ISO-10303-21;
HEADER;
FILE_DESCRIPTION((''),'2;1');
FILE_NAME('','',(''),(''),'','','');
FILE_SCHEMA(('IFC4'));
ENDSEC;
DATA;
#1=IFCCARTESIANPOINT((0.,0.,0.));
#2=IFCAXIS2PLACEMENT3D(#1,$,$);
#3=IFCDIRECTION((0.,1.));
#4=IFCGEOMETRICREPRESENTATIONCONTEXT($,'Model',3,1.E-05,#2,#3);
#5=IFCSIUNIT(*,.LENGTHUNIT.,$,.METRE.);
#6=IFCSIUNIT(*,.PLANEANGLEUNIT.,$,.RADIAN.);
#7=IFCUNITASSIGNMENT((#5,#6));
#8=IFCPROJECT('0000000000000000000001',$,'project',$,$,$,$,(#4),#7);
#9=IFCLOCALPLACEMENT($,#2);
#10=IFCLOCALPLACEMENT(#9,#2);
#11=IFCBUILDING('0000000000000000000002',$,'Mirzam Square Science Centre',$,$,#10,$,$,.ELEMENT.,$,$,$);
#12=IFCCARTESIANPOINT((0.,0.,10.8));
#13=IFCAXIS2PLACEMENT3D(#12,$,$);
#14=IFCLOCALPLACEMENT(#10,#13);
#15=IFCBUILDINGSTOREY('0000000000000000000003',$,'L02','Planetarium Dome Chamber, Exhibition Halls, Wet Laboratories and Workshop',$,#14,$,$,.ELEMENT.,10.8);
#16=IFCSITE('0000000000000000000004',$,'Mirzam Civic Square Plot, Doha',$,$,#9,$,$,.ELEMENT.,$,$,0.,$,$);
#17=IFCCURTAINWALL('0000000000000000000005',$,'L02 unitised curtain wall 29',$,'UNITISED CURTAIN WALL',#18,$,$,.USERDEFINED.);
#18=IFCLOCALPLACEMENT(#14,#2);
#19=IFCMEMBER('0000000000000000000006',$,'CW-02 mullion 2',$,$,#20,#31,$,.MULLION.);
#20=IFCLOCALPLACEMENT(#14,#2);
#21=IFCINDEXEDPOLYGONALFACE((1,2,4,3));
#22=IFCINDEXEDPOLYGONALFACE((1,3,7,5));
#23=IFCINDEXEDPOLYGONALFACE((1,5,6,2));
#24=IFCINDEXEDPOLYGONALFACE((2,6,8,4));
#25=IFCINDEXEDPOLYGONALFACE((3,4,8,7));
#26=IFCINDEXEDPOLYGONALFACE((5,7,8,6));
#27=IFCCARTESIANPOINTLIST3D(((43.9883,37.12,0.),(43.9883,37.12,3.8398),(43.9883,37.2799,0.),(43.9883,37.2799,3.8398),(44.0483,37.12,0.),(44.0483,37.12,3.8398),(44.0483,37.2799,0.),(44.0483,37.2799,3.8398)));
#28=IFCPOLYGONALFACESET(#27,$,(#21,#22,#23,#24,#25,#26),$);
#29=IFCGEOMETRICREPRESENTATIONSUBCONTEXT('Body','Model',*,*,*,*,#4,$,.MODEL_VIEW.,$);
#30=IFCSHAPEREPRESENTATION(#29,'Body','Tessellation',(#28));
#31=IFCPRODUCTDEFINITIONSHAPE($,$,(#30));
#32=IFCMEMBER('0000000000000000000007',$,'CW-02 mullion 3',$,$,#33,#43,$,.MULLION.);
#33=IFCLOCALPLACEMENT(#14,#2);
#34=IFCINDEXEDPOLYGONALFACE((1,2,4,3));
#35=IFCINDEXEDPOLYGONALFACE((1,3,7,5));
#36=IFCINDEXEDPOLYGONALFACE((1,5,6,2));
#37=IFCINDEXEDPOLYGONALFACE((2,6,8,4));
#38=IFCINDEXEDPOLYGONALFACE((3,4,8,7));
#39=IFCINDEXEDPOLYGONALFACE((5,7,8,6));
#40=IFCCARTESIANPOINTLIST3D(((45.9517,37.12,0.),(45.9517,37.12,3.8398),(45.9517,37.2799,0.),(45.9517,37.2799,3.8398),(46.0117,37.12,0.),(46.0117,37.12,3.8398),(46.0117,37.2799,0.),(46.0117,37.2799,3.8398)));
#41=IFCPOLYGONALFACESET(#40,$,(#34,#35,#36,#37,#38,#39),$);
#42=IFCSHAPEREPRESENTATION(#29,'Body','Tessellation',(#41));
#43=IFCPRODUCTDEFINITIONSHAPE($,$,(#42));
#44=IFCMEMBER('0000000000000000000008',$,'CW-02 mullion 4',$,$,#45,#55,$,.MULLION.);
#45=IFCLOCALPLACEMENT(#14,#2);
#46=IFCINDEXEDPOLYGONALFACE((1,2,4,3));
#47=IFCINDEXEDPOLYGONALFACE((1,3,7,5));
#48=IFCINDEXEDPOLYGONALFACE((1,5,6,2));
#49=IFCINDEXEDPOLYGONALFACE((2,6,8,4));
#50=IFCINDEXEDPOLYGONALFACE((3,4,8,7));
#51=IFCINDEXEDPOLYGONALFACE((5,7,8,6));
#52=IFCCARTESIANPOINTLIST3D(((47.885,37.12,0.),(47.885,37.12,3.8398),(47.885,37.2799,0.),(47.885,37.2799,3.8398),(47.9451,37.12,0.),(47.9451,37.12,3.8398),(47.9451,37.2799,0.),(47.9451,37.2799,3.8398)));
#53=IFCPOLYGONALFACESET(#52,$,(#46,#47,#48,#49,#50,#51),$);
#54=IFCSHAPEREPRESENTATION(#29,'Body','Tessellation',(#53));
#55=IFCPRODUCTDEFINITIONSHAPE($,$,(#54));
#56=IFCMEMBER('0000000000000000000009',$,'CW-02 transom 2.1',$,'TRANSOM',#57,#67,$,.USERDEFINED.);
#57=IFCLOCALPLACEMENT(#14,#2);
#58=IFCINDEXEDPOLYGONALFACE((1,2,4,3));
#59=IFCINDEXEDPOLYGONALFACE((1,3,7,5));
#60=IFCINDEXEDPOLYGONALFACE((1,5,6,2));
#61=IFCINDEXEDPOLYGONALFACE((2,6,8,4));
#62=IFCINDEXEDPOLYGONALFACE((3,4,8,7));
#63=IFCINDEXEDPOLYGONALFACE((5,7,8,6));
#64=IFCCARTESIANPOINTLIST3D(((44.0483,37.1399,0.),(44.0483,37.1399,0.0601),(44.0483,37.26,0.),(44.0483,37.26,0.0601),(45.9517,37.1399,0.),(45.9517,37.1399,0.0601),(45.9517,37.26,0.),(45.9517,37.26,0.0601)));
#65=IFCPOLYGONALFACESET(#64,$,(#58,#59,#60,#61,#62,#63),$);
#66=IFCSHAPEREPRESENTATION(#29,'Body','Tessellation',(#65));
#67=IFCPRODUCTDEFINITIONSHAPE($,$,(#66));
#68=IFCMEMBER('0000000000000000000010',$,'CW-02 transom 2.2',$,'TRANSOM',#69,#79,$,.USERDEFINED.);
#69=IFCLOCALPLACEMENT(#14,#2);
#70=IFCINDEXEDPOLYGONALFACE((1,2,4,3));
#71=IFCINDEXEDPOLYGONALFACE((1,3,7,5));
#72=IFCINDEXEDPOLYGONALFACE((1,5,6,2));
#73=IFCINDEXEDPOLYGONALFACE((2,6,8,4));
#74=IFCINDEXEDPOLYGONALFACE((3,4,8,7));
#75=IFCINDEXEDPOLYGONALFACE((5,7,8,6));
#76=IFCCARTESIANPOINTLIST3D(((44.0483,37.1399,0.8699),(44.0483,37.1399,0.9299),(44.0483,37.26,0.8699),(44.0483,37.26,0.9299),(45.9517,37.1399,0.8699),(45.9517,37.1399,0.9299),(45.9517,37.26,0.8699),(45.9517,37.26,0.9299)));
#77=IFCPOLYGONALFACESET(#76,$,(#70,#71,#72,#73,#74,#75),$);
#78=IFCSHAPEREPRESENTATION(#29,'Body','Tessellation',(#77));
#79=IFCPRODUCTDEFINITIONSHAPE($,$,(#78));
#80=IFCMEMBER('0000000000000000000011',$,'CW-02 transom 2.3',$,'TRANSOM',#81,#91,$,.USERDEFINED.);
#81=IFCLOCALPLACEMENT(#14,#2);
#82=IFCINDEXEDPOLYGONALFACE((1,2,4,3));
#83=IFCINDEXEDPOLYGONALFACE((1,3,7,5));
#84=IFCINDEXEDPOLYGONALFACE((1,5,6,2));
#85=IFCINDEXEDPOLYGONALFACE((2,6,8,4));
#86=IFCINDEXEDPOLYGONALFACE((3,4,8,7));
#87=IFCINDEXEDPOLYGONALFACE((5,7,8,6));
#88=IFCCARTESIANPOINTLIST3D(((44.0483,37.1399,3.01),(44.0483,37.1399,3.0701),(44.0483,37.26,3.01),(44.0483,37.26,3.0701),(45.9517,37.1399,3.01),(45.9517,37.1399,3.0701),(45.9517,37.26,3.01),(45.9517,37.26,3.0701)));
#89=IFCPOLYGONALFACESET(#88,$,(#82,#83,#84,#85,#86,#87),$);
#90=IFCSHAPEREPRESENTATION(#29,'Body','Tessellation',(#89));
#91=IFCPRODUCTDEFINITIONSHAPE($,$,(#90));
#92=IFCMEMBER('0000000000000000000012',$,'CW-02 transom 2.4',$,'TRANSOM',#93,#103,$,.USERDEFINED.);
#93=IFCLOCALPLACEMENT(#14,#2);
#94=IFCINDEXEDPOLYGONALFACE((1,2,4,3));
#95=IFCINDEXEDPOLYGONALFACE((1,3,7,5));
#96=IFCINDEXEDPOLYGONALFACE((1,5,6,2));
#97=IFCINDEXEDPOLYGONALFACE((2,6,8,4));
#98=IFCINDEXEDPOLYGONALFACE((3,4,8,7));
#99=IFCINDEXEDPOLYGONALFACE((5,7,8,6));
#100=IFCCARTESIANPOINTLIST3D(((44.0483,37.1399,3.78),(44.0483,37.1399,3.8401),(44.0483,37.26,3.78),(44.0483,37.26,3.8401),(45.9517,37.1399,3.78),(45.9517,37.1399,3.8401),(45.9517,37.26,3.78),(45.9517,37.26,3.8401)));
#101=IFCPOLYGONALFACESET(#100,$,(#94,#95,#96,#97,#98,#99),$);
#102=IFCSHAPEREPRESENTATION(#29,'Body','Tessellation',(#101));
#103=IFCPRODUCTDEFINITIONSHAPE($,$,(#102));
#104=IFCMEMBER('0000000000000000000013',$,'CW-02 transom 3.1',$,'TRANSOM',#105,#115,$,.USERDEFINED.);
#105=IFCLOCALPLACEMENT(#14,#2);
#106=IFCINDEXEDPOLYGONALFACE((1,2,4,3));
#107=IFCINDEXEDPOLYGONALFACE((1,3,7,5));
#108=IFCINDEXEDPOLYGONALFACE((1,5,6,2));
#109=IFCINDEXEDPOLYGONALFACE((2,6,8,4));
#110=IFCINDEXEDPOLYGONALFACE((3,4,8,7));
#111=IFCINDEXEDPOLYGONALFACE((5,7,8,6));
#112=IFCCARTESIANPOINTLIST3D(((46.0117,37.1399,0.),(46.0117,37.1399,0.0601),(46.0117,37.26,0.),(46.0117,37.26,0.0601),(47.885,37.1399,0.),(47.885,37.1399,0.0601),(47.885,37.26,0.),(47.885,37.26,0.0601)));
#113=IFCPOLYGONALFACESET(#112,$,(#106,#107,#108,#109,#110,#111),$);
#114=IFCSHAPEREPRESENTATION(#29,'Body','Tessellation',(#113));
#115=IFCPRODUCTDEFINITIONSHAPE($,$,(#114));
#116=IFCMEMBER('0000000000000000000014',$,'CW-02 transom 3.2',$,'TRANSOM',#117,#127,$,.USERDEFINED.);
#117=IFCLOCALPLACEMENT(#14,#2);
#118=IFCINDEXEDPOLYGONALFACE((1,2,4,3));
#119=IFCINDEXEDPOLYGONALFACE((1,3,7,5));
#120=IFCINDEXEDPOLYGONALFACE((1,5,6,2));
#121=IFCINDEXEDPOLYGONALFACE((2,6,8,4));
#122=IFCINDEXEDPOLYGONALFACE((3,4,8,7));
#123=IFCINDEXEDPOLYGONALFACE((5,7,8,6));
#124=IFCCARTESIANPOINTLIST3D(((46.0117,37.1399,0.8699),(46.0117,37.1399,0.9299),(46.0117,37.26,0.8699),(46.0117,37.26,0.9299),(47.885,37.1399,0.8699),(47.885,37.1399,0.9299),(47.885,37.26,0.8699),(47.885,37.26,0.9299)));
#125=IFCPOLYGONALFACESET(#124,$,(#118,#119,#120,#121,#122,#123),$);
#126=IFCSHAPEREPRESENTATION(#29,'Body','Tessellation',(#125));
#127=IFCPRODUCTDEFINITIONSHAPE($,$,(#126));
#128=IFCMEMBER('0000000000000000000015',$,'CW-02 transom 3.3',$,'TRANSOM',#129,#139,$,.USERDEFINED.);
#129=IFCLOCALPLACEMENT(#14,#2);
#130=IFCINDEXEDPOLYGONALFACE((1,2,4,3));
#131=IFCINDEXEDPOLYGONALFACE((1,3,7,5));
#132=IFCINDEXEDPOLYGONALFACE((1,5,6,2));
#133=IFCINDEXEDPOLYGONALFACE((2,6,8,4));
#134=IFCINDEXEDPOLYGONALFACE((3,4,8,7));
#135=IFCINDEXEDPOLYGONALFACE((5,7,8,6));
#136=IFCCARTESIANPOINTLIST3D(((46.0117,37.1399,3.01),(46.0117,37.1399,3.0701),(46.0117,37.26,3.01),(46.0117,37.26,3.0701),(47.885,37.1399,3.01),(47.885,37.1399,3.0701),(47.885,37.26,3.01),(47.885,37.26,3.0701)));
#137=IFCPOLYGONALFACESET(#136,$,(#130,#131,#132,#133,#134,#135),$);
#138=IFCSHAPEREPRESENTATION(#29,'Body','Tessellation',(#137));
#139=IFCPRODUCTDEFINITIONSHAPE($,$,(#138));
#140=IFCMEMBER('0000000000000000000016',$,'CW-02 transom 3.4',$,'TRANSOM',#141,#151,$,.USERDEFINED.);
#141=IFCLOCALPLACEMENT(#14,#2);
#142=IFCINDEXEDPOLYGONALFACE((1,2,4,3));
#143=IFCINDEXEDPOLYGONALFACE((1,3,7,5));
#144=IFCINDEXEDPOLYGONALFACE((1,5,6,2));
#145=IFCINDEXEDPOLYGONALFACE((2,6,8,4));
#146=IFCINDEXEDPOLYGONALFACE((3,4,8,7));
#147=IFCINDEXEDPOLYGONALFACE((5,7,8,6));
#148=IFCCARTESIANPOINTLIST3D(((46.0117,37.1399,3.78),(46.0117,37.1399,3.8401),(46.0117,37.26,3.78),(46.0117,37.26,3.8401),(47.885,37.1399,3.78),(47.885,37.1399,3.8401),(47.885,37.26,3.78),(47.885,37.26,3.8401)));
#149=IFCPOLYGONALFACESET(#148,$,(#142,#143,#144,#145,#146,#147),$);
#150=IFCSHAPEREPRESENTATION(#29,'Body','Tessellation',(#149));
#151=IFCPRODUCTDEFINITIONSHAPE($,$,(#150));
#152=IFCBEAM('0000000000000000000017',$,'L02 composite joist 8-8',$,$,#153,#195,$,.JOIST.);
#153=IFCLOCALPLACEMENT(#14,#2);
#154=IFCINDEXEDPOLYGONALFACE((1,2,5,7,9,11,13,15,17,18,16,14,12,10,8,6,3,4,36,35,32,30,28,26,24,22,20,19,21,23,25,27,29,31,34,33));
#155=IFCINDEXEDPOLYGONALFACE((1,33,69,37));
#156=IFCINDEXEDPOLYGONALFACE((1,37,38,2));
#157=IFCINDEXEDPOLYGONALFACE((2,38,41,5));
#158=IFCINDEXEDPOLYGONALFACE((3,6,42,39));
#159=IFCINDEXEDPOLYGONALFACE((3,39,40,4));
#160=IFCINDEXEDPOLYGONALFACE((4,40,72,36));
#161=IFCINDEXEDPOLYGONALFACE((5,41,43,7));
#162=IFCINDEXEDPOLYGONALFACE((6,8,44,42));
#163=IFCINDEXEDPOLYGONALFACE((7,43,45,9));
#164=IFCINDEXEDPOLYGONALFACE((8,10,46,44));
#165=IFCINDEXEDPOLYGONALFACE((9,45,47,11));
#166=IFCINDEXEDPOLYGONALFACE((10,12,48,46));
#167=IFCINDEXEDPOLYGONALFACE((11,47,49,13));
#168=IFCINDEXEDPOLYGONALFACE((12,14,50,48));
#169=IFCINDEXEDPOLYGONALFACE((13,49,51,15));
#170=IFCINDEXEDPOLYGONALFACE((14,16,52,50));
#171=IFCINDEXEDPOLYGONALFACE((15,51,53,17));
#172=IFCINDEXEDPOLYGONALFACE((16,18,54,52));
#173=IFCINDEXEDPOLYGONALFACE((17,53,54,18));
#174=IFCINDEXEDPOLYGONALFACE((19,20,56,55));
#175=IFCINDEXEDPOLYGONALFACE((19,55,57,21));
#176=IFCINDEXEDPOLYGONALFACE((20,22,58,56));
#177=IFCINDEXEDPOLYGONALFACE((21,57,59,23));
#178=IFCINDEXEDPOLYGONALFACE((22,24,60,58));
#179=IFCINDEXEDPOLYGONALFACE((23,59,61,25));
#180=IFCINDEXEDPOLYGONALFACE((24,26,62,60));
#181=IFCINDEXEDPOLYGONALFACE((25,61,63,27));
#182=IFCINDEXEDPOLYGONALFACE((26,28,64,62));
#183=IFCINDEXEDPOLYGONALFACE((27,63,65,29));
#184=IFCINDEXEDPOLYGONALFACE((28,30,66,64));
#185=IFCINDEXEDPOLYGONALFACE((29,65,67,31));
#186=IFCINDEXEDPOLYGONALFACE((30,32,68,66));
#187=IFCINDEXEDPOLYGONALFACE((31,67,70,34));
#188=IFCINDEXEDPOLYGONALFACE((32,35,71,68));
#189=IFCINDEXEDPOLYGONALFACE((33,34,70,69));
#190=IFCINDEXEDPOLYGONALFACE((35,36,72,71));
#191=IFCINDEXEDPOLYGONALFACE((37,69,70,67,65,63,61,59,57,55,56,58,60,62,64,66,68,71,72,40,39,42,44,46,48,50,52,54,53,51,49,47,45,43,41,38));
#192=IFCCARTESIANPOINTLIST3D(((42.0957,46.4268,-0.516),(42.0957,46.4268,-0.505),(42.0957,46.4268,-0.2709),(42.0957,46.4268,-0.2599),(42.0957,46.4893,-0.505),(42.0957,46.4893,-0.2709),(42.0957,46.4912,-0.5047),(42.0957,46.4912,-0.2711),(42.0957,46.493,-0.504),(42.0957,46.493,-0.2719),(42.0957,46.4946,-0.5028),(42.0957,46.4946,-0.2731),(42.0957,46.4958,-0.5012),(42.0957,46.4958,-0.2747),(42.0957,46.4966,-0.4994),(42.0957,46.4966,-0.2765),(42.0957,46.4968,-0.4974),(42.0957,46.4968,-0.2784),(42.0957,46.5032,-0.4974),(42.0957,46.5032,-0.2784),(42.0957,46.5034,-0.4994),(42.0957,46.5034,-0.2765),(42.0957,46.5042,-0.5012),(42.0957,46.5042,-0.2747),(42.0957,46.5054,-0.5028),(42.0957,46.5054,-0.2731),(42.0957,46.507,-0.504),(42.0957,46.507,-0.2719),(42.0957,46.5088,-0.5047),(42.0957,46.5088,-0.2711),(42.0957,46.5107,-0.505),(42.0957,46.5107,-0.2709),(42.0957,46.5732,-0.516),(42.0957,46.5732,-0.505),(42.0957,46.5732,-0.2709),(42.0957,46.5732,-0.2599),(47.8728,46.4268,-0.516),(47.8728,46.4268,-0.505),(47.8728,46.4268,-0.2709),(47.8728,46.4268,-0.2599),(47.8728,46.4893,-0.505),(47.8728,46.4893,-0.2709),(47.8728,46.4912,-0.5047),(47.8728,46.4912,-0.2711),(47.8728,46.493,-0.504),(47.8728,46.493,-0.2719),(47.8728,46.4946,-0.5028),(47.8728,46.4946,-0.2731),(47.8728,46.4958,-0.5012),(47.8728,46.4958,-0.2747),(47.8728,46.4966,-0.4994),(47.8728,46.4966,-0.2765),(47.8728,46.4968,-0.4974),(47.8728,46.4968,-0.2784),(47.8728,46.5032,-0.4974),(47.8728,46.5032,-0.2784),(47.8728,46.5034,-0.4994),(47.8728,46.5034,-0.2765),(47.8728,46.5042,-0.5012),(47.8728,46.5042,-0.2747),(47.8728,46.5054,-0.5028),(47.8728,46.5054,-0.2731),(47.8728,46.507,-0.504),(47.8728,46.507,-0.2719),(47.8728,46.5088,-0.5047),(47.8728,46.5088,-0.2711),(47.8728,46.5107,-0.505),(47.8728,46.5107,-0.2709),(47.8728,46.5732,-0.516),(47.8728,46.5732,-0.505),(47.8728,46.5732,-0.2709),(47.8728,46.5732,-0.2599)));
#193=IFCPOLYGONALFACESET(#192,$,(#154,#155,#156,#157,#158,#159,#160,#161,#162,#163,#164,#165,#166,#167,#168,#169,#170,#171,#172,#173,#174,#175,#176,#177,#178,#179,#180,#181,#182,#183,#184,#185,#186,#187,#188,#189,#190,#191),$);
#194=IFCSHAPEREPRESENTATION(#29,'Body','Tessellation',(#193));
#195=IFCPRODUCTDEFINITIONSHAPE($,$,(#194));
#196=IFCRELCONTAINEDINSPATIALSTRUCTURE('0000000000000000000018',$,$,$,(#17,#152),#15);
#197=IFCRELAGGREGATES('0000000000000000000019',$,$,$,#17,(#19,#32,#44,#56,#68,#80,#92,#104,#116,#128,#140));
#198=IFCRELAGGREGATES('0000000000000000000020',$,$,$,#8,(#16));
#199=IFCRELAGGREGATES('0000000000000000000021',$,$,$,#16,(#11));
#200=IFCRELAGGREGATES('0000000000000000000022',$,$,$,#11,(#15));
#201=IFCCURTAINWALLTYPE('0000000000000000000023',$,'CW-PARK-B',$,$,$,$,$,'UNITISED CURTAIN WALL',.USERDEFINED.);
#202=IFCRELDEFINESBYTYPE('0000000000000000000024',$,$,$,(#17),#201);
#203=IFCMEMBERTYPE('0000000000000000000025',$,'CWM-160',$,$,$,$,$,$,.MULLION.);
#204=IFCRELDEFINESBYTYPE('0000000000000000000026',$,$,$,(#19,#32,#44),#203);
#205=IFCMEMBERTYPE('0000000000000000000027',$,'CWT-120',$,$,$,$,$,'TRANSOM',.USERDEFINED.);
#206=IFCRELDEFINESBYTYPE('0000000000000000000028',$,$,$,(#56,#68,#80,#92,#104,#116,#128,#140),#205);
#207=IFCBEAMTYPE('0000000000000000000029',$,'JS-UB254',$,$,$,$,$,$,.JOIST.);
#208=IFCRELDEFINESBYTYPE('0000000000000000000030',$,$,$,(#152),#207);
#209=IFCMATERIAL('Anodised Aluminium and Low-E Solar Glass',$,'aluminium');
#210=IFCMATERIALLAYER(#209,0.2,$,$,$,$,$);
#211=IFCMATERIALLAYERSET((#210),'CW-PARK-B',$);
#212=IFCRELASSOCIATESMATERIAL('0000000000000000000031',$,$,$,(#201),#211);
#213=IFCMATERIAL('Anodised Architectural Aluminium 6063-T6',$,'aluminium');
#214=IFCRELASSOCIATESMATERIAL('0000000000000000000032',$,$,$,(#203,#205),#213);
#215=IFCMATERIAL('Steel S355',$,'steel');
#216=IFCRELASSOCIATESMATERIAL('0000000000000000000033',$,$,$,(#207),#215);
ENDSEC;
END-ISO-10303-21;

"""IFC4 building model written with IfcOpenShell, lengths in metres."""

from ifc_helpers import new_model, si_unit, direction, frame, origin, origin_2d, place, context, subcontext, project, spatial, rectangle, i_section, extrude, material, layer, layer_set, material_profile, profile_set, type_object, element, aggregate, save


model = new_model("IFC4")

# Units and contexts
model_context = context("Model", 3, precision=1e-05, world=origin(), true_north=direction((0.0, 1.0)))
body_context = subcontext(model_context, "Body", "Model", "MODEL_VIEW")
ifc_project = project(units=[si_unit("LENGTHUNIT", "METRE"), si_unit("PLANEANGLEUNIT", "RADIAN")], contexts=[model_context])

# Site, building, storey
site_placement = place(None, origin())
site = spatial("IfcSite", under=ifc_project, at=site_placement, Name="Mirzam Civic Square Plot, Doha", CompositionType="ELEMENT", RefElevation=0.0)
building_placement = place(site_placement, origin())
building = spatial("IfcBuilding", under=site, at=building_placement, Name="Mirzam Square Science Centre", CompositionType="ELEMENT")
storey_placement = place(building_placement, frame((0.0, 0.0, 10.8)))
storey = spatial("IfcBuildingStorey", under=building, at=storey_placement, Name="L02", Description="Planetarium Dome Chamber, Exhibition Halls, Wet Laboratories and Workshop", CompositionType="ELEMENT", Elevation=10.8)

# Shared definitions
ifc_material_1 = material(Name="Steel S355", Category="steel")

# Curtain wall, members
ifc_material_2 = material(Name="Anodised Aluminium and Low-E Solar Glass", Category="aluminium")
ifc_layer_1 = layer(ifc_material_2, 0.2)
ifc_layer_set_1 = layer_set([ifc_layer_1], Name="CW-PARK-B")
curtain_wall_type = type_object("IfcCurtainWallType", Name="CW-PARK-B", ElementType="UNITISED CURTAIN WALL", PredefinedType="USERDEFINED", material=ifc_layer_set_1)
curtain_wall_placement = place(storey_placement, origin())
curtain_wall = element("IfcCurtainWall", 1, at=curtain_wall_placement, inside=storey, type_object=curtain_wall_type, Name="L02 unitised curtain wall 29", ObjectType="UNITISED CURTAIN WALL", PredefinedType="USERDEFINED")
ifc_material_3 = material(Name="Anodised Architectural Aluminium 6063-T6", Category="aluminium")
ifc_material_profile_1 = material_profile(ifc_material_3, rectangle(XDim=0.0601, YDim=0.1599, at=origin_2d()), Name="ALU-MULL-160x60x4")
ifc_profile_set_1 = profile_set([ifc_material_profile_1], Name="Anodised Architectural Aluminium 6063-T6")
member_type_1 = type_object("IfcMemberType", Name="CWM-160", PredefinedType="MULLION", material=ifc_profile_set_1)
member_1_placement = place(storey_placement, frame((44.0183, 37.2, 0.0), z_axis=(0.0, 0.0, 1.0), x_axis=(1.0, 0.0, 0.0)))
member_1 = element("IfcMember", 2, at=member_1_placement, type_object=member_type_1, Name="CW-02 mullion 2", PredefinedType="MULLION", context=body_context, shape_type="SweptSolid", body=[
    extrude(rectangle(XDim=0.0601, YDim=0.1599, at=origin_2d()), origin(), (0.0, 0.0, 1.0), 3.8398),
])
member_2_placement = place(storey_placement, frame((45.9817, 37.2, 0.0), z_axis=(0.0, 0.0, 1.0), x_axis=(1.0, 0.0, 0.0)))
member_2 = element("IfcMember", 3, at=member_2_placement, type_object=member_type_1, Name="CW-02 mullion 3", PredefinedType="MULLION", context=body_context, shape_type="SweptSolid", body=[
    extrude(rectangle(XDim=0.0601, YDim=0.1599, at=origin_2d()), origin(), (0.0, 0.0, 1.0), 3.8398),
])
member_3_placement = place(storey_placement, frame((47.915, 37.2, 0.0), z_axis=(0.0, 0.0, 1.0), x_axis=(1.0, 0.0, 0.0)))
member_3 = element("IfcMember", 4, at=member_3_placement, type_object=member_type_1, Name="CW-02 mullion 4", PredefinedType="MULLION", context=body_context, shape_type="SweptSolid", body=[
    extrude(rectangle(XDim=0.0601, YDim=0.1599, at=origin_2d()), origin(), (0.0, 0.0, 1.0), 3.8398),
])
ifc_material_profile_2 = material_profile(ifc_material_3, rectangle(XDim=0.1201, YDim=0.0601, at=origin_2d()), Name="ALU-TRAN-120x60x4")
ifc_profile_set_2 = profile_set([ifc_material_profile_2], Name="Anodised Architectural Aluminium 6063-T6")
member_type_2 = type_object("IfcMemberType", Name="CWT-120", ElementType="TRANSOM", PredefinedType="USERDEFINED", material=ifc_profile_set_2)
member_4_placement = place(storey_placement, frame((44.0483, 37.2, 0.03), z_axis=(1.0, 0.0, 0.0), x_axis=(0.0, 1.0, 0.0)))
member_4 = element("IfcMember", 5, at=member_4_placement, type_object=member_type_2, Name="CW-02 transom 2.1", ObjectType="TRANSOM", PredefinedType="USERDEFINED", context=body_context, shape_type="SweptSolid", body=[
    extrude(rectangle(XDim=0.1201, YDim=0.0601, at=origin_2d()), origin(), (0.0, 0.0, 1.0), 1.9033),
])
member_5_placement = place(storey_placement, frame((44.0483, 37.2, 0.8999), z_axis=(1.0, 0.0, 0.0), x_axis=(0.0, 1.0, 0.0)))
member_5 = element("IfcMember", 6, at=member_5_placement, type_object=member_type_2, Name="CW-02 transom 2.2", ObjectType="TRANSOM", PredefinedType="USERDEFINED", context=body_context, shape_type="SweptSolid", body=[
    extrude(rectangle(XDim=0.1201, YDim=0.0601, at=origin_2d()), origin(), (0.0, 0.0, 1.0), 1.9033),
])
member_6_placement = place(storey_placement, frame((44.0483, 37.2, 3.04), z_axis=(1.0, 0.0, 0.0), x_axis=(0.0, 1.0, 0.0)))
member_6 = element("IfcMember", 7, at=member_6_placement, type_object=member_type_2, Name="CW-02 transom 2.3", ObjectType="TRANSOM", PredefinedType="USERDEFINED", context=body_context, shape_type="SweptSolid", body=[
    extrude(rectangle(XDim=0.1201, YDim=0.0601, at=origin_2d()), origin(), (0.0, 0.0, 1.0), 1.9033),
])
member_7_placement = place(storey_placement, frame((44.0483, 37.2, 3.8101), z_axis=(1.0, 0.0, 0.0), x_axis=(0.0, 1.0, 0.0)))
member_7 = element("IfcMember", 8, at=member_7_placement, type_object=member_type_2, Name="CW-02 transom 2.4", ObjectType="TRANSOM", PredefinedType="USERDEFINED", context=body_context, shape_type="SweptSolid", body=[
    extrude(rectangle(XDim=0.1201, YDim=0.0601, at=origin_2d()), origin(), (0.0, 0.0, 1.0), 1.9033),
])
member_8_placement = place(storey_placement, frame((46.0117, 37.2, 0.03), z_axis=(1.0, 0.0, 0.0), x_axis=(0.0, 1.0, 0.0)))
member_8 = element("IfcMember", 9, at=member_8_placement, type_object=member_type_2, Name="CW-02 transom 3.1", ObjectType="TRANSOM", PredefinedType="USERDEFINED", context=body_context, shape_type="SweptSolid", body=[
    extrude(rectangle(XDim=0.1201, YDim=0.0601, at=origin_2d()), origin(), (0.0, 0.0, 1.0), 1.8733),
])
member_9_placement = place(storey_placement, frame((46.0117, 37.2, 0.8999), z_axis=(1.0, 0.0, 0.0), x_axis=(0.0, 1.0, 0.0)))
member_9 = element("IfcMember", 10, at=member_9_placement, type_object=member_type_2, Name="CW-02 transom 3.2", ObjectType="TRANSOM", PredefinedType="USERDEFINED", context=body_context, shape_type="SweptSolid", body=[
    extrude(rectangle(XDim=0.1201, YDim=0.0601, at=origin_2d()), origin(), (0.0, 0.0, 1.0), 1.8733),
])
member_10_placement = place(storey_placement, frame((46.0117, 37.2, 3.04), z_axis=(1.0, 0.0, 0.0), x_axis=(0.0, 1.0, 0.0)))
member_10 = element("IfcMember", 11, at=member_10_placement, type_object=member_type_2, Name="CW-02 transom 3.3", ObjectType="TRANSOM", PredefinedType="USERDEFINED", context=body_context, shape_type="SweptSolid", body=[
    extrude(rectangle(XDim=0.1201, YDim=0.0601, at=origin_2d()), origin(), (0.0, 0.0, 1.0), 1.8733),
])
member_11_placement = place(storey_placement, frame((46.0117, 37.2, 3.8101), z_axis=(1.0, 0.0, 0.0), x_axis=(0.0, 1.0, 0.0)))
member_11 = element("IfcMember", 12, at=member_11_placement, type_object=member_type_2, Name="CW-02 transom 3.4", ObjectType="TRANSOM", PredefinedType="USERDEFINED", context=body_context, shape_type="SweptSolid", body=[
    extrude(rectangle(XDim=0.1201, YDim=0.0601, at=origin_2d()), origin(), (0.0, 0.0, 1.0), 1.8733),
])

# Beam
ifc_material_profile_3 = material_profile(ifc_material_1, i_section(OverallWidth=0.1465, OverallDepth=0.2561, WebThickness=0.0063, FlangeThickness=0.011, FilletRadius=0.0076, at=origin_2d()), Name="254x146x37UB")
ifc_profile_set_3 = profile_set([ifc_material_profile_3], Name="Steel S355")
beam_type_1 = type_object("IfcBeamType", Name="JS-UB254", PredefinedType="JOIST", material=ifc_profile_set_3)
for number, where, z_axis, x_axis, name in (
    (13, (42.0957, 46.5, -0.3879), (1.0, 0.0, 0.0), (0.0, 1.0, 0.0), "L02 composite joist 8-8"),
):
    element("IfcBeam", number, at=place(storey_placement, frame(where, z_axis=z_axis, x_axis=x_axis)), inside=storey, type_object=beam_type_1, Name=name, PredefinedType="JOIST", context=body_context, shape_type="SweptSolid", body=[
        extrude(i_section(OverallWidth=0.1465, OverallDepth=0.2561, WebThickness=0.0063, FlangeThickness=0.011, FilletRadius=0.0076, at=origin_2d()), origin(), (0.0, 0.0, 1.0), 5.7771),
    ])

aggregate(curtain_wall, [member_1, member_2, member_3, member_4, member_5, member_6, member_7, member_8, member_9, member_10, member_11])

save(model, "model.ifc")
